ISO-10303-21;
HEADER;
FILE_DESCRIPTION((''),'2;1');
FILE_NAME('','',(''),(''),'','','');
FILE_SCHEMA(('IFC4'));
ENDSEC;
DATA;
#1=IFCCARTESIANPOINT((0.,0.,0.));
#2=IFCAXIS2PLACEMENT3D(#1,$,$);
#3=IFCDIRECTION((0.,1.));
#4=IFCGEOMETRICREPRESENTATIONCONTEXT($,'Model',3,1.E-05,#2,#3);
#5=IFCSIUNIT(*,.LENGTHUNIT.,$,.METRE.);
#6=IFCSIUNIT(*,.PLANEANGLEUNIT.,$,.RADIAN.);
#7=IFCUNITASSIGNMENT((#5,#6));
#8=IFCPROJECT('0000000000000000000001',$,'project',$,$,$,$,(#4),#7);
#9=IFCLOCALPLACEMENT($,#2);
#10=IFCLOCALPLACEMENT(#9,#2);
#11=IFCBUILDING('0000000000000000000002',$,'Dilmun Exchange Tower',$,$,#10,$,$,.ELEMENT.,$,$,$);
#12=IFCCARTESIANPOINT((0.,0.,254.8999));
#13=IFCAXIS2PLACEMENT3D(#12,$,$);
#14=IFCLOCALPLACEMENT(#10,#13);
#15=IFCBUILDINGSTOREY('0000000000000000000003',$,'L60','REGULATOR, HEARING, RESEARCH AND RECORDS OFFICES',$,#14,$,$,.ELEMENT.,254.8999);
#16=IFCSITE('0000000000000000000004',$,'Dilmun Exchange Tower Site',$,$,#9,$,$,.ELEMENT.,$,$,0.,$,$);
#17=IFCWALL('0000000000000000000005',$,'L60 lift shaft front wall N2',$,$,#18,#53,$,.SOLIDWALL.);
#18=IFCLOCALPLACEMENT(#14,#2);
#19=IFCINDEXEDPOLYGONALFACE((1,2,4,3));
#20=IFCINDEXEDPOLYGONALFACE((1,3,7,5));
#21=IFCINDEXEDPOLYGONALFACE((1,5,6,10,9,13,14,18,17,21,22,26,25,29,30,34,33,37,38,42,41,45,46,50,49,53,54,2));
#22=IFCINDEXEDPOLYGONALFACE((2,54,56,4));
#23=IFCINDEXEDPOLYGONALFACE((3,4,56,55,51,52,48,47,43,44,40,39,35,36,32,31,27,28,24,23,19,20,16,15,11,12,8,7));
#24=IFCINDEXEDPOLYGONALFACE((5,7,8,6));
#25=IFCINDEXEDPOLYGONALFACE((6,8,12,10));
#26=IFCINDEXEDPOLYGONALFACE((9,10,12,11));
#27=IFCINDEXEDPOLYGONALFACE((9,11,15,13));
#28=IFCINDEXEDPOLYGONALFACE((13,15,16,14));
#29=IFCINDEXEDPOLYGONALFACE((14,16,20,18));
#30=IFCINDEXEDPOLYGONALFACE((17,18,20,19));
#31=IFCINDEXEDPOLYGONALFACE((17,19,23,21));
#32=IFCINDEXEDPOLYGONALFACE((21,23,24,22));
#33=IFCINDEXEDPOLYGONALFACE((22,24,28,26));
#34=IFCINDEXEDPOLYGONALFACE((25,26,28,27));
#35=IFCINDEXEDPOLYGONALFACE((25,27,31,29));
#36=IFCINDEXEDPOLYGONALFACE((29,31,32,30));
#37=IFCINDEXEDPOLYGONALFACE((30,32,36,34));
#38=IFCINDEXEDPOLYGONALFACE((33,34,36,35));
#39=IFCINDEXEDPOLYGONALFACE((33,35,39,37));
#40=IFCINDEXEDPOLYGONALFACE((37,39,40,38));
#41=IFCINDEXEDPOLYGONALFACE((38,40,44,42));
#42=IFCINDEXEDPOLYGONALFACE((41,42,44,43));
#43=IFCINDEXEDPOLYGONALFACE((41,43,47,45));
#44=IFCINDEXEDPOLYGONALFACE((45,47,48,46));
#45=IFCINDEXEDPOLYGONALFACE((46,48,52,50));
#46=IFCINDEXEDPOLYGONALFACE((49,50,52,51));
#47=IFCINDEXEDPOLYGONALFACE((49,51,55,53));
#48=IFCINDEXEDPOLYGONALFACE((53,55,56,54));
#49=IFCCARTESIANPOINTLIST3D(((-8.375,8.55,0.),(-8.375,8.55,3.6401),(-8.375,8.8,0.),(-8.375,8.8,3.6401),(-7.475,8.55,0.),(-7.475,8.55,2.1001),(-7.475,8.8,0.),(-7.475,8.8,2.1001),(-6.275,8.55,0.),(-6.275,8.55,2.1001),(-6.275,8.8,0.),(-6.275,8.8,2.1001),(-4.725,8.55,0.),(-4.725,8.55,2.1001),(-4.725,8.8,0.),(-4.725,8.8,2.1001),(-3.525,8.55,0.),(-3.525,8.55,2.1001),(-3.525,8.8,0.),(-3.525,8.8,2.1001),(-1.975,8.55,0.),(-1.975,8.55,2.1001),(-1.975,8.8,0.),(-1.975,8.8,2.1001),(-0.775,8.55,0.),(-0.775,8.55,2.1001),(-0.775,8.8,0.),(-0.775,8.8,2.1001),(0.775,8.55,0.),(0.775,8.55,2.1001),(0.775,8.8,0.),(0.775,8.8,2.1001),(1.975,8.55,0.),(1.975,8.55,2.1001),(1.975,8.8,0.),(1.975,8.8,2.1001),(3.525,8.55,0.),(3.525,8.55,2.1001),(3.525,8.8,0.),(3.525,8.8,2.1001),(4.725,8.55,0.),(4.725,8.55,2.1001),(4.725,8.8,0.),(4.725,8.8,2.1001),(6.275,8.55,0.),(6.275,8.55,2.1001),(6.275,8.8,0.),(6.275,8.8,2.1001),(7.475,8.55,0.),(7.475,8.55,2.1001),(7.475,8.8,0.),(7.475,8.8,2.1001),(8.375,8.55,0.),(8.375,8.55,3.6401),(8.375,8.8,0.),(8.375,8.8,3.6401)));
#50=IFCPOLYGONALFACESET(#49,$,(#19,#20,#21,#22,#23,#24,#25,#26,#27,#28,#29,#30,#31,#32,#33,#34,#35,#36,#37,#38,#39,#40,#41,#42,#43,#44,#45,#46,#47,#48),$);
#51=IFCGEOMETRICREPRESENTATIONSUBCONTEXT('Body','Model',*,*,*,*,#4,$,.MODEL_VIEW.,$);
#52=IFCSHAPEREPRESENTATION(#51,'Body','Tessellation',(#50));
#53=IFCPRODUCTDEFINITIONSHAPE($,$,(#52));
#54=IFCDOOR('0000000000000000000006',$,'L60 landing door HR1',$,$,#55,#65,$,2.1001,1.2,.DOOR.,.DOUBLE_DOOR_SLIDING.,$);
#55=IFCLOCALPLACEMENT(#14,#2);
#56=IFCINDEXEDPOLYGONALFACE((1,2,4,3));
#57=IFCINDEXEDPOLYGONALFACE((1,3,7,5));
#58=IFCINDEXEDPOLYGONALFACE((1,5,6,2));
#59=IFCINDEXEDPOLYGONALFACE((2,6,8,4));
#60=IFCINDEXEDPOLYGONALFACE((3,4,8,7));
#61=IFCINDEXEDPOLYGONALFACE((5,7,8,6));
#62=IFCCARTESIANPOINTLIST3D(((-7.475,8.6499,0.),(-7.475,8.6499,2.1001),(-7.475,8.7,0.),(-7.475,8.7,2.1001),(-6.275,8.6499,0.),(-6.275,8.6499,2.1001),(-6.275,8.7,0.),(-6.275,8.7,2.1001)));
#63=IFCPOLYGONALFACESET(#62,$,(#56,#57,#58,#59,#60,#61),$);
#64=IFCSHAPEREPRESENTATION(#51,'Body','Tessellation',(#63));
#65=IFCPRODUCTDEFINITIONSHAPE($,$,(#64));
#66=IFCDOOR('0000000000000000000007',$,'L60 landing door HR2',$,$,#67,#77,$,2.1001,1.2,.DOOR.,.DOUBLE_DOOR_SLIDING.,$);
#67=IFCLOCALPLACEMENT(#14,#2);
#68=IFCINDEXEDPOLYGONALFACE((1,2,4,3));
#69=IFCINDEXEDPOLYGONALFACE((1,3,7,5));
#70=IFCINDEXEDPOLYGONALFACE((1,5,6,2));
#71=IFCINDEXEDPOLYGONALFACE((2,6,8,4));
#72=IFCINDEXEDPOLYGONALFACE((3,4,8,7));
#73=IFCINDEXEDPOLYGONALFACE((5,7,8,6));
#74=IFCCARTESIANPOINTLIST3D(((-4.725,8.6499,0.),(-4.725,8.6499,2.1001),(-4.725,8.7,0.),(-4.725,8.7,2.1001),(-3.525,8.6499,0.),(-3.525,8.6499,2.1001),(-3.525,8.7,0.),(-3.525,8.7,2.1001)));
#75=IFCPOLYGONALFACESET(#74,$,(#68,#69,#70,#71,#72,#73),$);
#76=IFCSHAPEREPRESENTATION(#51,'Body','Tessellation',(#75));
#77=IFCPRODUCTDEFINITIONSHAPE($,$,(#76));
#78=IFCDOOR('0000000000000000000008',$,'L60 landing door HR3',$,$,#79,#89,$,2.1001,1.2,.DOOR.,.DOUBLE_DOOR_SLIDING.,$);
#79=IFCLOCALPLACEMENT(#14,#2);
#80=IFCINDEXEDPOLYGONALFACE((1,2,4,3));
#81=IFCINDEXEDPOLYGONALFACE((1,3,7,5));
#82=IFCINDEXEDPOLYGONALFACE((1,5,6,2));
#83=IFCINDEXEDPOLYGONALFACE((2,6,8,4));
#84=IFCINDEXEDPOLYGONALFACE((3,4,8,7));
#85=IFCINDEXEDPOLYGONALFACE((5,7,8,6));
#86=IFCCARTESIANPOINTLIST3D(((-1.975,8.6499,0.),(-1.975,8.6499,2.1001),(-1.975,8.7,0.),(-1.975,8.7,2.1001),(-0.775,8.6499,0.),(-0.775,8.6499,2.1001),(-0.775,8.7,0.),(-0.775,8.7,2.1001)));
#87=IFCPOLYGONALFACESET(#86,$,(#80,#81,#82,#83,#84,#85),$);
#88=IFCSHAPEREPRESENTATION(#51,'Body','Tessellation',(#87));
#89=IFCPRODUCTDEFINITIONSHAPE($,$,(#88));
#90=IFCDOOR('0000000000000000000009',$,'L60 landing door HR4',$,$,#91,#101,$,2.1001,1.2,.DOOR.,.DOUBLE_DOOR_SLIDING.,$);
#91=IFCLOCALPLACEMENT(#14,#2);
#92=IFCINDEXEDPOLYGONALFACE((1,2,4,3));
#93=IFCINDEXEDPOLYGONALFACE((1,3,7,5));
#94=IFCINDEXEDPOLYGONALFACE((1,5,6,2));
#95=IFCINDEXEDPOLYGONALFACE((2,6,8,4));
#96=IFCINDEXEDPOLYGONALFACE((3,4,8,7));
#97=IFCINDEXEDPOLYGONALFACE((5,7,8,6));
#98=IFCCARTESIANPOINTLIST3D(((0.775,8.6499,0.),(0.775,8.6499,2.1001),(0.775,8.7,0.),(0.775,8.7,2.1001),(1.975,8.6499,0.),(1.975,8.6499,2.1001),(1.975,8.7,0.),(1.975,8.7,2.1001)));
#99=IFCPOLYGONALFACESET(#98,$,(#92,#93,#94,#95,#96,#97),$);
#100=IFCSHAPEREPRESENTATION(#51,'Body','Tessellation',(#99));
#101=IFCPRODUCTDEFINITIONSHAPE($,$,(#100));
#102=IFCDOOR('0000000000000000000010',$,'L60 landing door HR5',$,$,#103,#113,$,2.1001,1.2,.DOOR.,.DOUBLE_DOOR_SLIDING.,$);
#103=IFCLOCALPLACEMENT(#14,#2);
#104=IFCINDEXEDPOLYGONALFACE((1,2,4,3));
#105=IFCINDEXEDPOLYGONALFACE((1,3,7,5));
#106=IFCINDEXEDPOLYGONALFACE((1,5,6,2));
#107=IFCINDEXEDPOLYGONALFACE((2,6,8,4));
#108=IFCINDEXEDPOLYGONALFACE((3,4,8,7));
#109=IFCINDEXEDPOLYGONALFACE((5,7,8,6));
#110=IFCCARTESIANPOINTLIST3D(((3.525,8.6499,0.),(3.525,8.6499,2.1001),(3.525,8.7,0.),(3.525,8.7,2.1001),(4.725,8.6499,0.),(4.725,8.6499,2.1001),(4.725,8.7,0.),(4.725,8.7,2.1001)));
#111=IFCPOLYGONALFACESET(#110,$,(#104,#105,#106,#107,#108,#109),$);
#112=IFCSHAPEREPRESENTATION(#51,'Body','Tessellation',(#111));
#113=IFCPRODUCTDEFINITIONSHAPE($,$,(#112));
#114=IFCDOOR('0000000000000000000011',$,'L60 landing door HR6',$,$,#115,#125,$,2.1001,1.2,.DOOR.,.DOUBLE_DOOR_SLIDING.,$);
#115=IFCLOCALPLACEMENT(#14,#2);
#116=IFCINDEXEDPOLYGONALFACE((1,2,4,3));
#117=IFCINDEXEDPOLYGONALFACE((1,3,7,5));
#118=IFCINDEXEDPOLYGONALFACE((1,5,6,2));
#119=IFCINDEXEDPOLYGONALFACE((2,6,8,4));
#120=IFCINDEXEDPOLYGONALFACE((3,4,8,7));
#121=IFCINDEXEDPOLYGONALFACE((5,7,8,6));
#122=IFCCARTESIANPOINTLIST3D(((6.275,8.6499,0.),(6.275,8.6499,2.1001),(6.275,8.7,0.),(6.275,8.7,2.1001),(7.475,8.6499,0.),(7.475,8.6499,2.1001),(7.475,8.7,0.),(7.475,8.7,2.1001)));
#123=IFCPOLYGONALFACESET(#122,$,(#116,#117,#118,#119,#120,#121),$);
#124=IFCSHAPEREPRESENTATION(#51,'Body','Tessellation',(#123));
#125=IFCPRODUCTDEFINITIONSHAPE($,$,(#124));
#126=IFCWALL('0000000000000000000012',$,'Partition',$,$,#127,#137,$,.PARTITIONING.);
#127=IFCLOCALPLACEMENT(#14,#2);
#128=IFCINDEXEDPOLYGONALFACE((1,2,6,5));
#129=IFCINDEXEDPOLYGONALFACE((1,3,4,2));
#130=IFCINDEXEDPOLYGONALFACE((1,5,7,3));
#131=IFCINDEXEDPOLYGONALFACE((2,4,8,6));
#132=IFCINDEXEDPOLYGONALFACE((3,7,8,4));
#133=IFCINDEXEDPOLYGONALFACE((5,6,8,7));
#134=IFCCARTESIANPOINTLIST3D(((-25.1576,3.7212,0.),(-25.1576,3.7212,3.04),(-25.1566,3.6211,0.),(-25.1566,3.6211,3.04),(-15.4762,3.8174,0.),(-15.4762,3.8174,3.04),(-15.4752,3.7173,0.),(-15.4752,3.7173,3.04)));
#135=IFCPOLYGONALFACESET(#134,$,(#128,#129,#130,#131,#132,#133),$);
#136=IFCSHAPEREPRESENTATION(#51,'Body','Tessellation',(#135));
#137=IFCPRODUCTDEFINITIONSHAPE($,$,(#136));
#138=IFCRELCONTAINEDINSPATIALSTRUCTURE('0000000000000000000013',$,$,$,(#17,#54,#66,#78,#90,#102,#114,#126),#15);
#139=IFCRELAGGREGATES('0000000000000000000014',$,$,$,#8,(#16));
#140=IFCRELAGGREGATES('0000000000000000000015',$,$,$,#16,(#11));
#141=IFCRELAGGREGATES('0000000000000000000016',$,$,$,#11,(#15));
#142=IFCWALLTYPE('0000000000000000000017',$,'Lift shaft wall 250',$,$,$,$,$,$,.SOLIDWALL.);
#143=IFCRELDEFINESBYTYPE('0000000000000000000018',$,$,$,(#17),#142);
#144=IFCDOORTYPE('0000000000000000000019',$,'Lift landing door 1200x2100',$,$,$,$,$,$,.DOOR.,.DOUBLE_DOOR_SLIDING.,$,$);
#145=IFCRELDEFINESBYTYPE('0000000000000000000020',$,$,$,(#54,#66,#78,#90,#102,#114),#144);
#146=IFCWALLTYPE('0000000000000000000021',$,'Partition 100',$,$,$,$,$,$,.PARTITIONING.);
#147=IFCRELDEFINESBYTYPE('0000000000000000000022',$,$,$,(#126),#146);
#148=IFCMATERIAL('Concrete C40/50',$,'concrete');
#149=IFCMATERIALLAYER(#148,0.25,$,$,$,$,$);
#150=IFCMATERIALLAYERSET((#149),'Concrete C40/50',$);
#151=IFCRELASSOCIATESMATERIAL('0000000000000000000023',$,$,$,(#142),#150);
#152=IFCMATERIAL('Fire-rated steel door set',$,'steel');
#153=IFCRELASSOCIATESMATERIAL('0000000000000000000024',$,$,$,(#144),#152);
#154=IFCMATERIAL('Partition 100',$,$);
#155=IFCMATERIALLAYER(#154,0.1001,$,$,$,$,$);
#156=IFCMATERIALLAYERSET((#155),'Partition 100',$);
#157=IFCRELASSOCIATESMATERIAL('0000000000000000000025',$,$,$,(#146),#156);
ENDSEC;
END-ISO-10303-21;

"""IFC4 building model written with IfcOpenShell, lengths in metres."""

from ifc_helpers import new_model, si_unit, direction, frame, frame_2d, origin, place, context, subcontext, project, spatial, rectangle, extrude, material, layer, layer_set, type_object, element, fill, save


model = new_model("IFC4")

# Units and contexts
model_context = context("Model", 3, precision=1e-05, world=origin(), true_north=direction((0.0, 1.0)))
body_context = subcontext(model_context, "Body", "Model", "MODEL_VIEW")
ifc_project = project(units=[si_unit("LENGTHUNIT", "METRE"), si_unit("PLANEANGLEUNIT", "RADIAN")], contexts=[model_context])

# Site, building, storey
site_placement = place(None, origin())
site = spatial("IfcSite", under=ifc_project, at=site_placement, Name="Dilmun Exchange Tower Site", CompositionType="ELEMENT", RefElevation=0.0)
building_placement = place(site_placement, origin())
building = spatial("IfcBuilding", under=site, at=building_placement, Name="Dilmun Exchange Tower", CompositionType="ELEMENT")
storey_placement = place(building_placement, frame((0.0, 0.0, 254.8999)))
storey = spatial("IfcBuildingStorey", under=building, at=storey_placement, Name="L60", Description="REGULATOR, HEARING, RESEARCH AND RECORDS OFFICES", CompositionType="ELEMENT", Elevation=254.8999)

# Shared definitions
ifc_material_1 = material(Name="Concrete C40/50", Category="concrete")

# Shared definitions
ifc_material_2 = material(Name="Fire-rated steel door set", Category="steel")

# Wall, openings, doors
ifc_layer_1 = layer(ifc_material_1, 0.25)
ifc_layer_set_1 = layer_set([ifc_layer_1], Name="Concrete C40/50")
wall_type_1 = type_object("IfcWallType", Name="Lift shaft wall 250", PredefinedType="SOLIDWALL", material=ifc_layer_set_1)
wall_1_placement = place(storey_placement, frame((-8.375, 8.675, 0.0), z_axis=(0.0, 0.0, 1.0), x_axis=(1.0, 0.0, 0.0)))
wall_1 = element("IfcWall", 1, at=wall_1_placement, inside=storey, type_object=wall_type_1, Name="L60 lift shaft front wall N2", PredefinedType="SOLIDWALL", context=body_context, shape_type="SweptSolid", body=[
    extrude(rectangle(XDim=16.75, YDim=0.25, at=frame_2d((8.375, 0.0))), origin(), (0.0, 0.0, 1.0), 3.6401),
])
opening_1_placement = place(wall_1_placement, frame((0.8999, 0.0, 0.0)))
opening_1 = element("IfcOpeningElement", 2, at=opening_1_placement, cuts=wall_1, PredefinedType="OPENING", context=body_context, shape_type="SweptSolid", body=[
    extrude(rectangle(XDim=1.2, YDim=2.1001, at=frame_2d((0.6001, 1.05))), frame((0.0, 0.135, 0.0), z_axis=(0.0, -1.0, 0.0), x_axis=(1.0, 0.0, 0.0)), (0.0, 0.0, 1.0), 0.27),
])
opening_2_placement = place(wall_1_placement, frame((3.6499, 0.0, 0.0)))
opening_2 = element("IfcOpeningElement", 3, at=opening_2_placement, cuts=wall_1, PredefinedType="OPENING", context=body_context, shape_type="SweptSolid", body=[
    extrude(rectangle(XDim=1.2, YDim=2.1001, at=frame_2d((0.6001, 1.05))), frame((0.0, 0.135, 0.0), z_axis=(0.0, -1.0, 0.0), x_axis=(1.0, 0.0, 0.0)), (0.0, 0.0, 1.0), 0.27),
])
opening_3_placement = place(wall_1_placement, frame((6.3999, 0.0, 0.0)))
opening_3 = element("IfcOpeningElement", 4, at=opening_3_placement, cuts=wall_1, PredefinedType="OPENING", context=body_context, shape_type="SweptSolid", body=[
    extrude(rectangle(XDim=1.2, YDim=2.1001, at=frame_2d((0.6001, 1.05))), frame((0.0, 0.135, 0.0), z_axis=(0.0, -1.0, 0.0), x_axis=(1.0, 0.0, 0.0)), (0.0, 0.0, 1.0), 0.27),
])
opening_4_placement = place(wall_1_placement, frame((9.1499, 0.0, 0.0)))
opening_4 = element("IfcOpeningElement", 5, at=opening_4_placement, cuts=wall_1, PredefinedType="OPENING", context=body_context, shape_type="SweptSolid", body=[
    extrude(rectangle(XDim=1.2, YDim=2.1001, at=frame_2d((0.6001, 1.05))), frame((0.0, 0.135, 0.0), z_axis=(0.0, -1.0, 0.0), x_axis=(1.0, 0.0, 0.0)), (0.0, 0.0, 1.0), 0.27),
])
opening_5_placement = place(wall_1_placement, frame((11.8999, 0.0, 0.0)))
opening_5 = element("IfcOpeningElement", 6, at=opening_5_placement, cuts=wall_1, PredefinedType="OPENING", context=body_context, shape_type="SweptSolid", body=[
    extrude(rectangle(XDim=1.2, YDim=2.1001, at=frame_2d((0.6001, 1.05))), frame((0.0, 0.135, 0.0), z_axis=(0.0, -1.0, 0.0), x_axis=(1.0, 0.0, 0.0)), (0.0, 0.0, 1.0), 0.27),
])
opening_6_placement = place(wall_1_placement, frame((14.6499, 0.0, 0.0)))
opening_6 = element("IfcOpeningElement", 7, at=opening_6_placement, cuts=wall_1, PredefinedType="OPENING", context=body_context, shape_type="SweptSolid", body=[
    extrude(rectangle(XDim=1.2, YDim=2.1001, at=frame_2d((0.6001, 1.05))), frame((0.0, 0.135, 0.0), z_axis=(0.0, -1.0, 0.0), x_axis=(1.0, 0.0, 0.0)), (0.0, 0.0, 1.0), 0.27),
])
door_type_1 = type_object("IfcDoorType", Name="Lift landing door 1200x2100", OperationType="DOUBLE_DOOR_SLIDING", PredefinedType="DOOR", material=ifc_material_2)
door_1_placement = place(opening_1_placement, origin())
door_1 = element("IfcDoor", 8, at=door_1_placement, inside=storey, type_object=door_type_1, Name="L60 landing door HR1", OperationType="DOUBLE_DOOR_SLIDING", OverallHeight=2.1001, OverallWidth=1.2, PredefinedType="DOOR", context=body_context, shape_type="SweptSolid", body=[
    extrude(rectangle(XDim=1.2, YDim=2.1001, at=frame_2d((0.6001, 1.05))), frame((0.0, 0.0249, 0.0), z_axis=(0.0, -1.0, 0.0), x_axis=(1.0, 0.0, 0.0)), (0.0, 0.0, 1.0), 0.05),
])
fill(opening_1, door_1)
door_2_placement = place(opening_2_placement, origin())
door_2 = element("IfcDoor", 9, at=door_2_placement, inside=storey, type_object=door_type_1, Name="L60 landing door HR2", OperationType="DOUBLE_DOOR_SLIDING", OverallHeight=2.1001, OverallWidth=1.2, PredefinedType="DOOR", context=body_context, shape_type="SweptSolid", body=[
    extrude(rectangle(XDim=1.2, YDim=2.1001, at=frame_2d((0.6001, 1.05))), frame((0.0, 0.0249, 0.0), z_axis=(0.0, -1.0, 0.0), x_axis=(1.0, 0.0, 0.0)), (0.0, 0.0, 1.0), 0.05),
])
fill(opening_2, door_2)
door_3_placement = place(opening_3_placement, origin())
door_3 = element("IfcDoor", 10, at=door_3_placement, inside=storey, type_object=door_type_1, Name="L60 landing door HR3", OperationType="DOUBLE_DOOR_SLIDING", OverallHeight=2.1001, OverallWidth=1.2, PredefinedType="DOOR", context=body_context, shape_type="SweptSolid", body=[
    extrude(rectangle(XDim=1.2, YDim=2.1001, at=frame_2d((0.6001, 1.05))), frame((0.0, 0.0249, 0.0), z_axis=(0.0, -1.0, 0.0), x_axis=(1.0, 0.0, 0.0)), (0.0, 0.0, 1.0), 0.05),
])
fill(opening_3, door_3)
door_4_placement = place(opening_4_placement, origin())
door_4 = element("IfcDoor", 11, at=door_4_placement, inside=storey, type_object=door_type_1, Name="L60 landing door HR4", OperationType="DOUBLE_DOOR_SLIDING", OverallHeight=2.1001, OverallWidth=1.2, PredefinedType="DOOR", context=body_context, shape_type="SweptSolid", body=[
    extrude(rectangle(XDim=1.2, YDim=2.1001, at=frame_2d((0.6001, 1.05))), frame((0.0, 0.0249, 0.0), z_axis=(0.0, -1.0, 0.0), x_axis=(1.0, 0.0, 0.0)), (0.0, 0.0, 1.0), 0.05),
])
fill(opening_4, door_4)
door_5_placement = place(opening_5_placement, origin())
door_5 = element("IfcDoor", 12, at=door_5_placement, inside=storey, type_object=door_type_1, Name="L60 landing door HR5", OperationType="DOUBLE_DOOR_SLIDING", OverallHeight=2.1001, OverallWidth=1.2, PredefinedType="DOOR", context=body_context, shape_type="SweptSolid", body=[
    extrude(rectangle(XDim=1.2, YDim=2.1001, at=frame_2d((0.6001, 1.05))), frame((0.0, 0.0249, 0.0), z_axis=(0.0, -1.0, 0.0), x_axis=(1.0, 0.0, 0.0)), (0.0, 0.0, 1.0), 0.05),
])
fill(opening_5, door_5)
door_6_placement = place(opening_6_placement, origin())
door_6 = element("IfcDoor", 13, at=door_6_placement, inside=storey, type_object=door_type_1, Name="L60 landing door HR6", OperationType="DOUBLE_DOOR_SLIDING", OverallHeight=2.1001, OverallWidth=1.2, PredefinedType="DOOR", context=body_context, shape_type="SweptSolid", body=[
    extrude(rectangle(XDim=1.2, YDim=2.1001, at=frame_2d((0.6001, 1.05))), frame((0.0, 0.0249, 0.0), z_axis=(0.0, -1.0, 0.0), x_axis=(1.0, 0.0, 0.0)), (0.0, 0.0, 1.0), 0.05),
])
fill(opening_6, door_6)

# Wall
ifc_material_3 = material(Name="Partition 100")
ifc_layer_2 = layer(ifc_material_3, 0.1001)
ifc_layer_set_2 = layer_set([ifc_layer_2], Name="Partition 100")
wall_type_2 = type_object("IfcWallType", Name="Partition 100", PredefinedType="PARTITIONING", material=ifc_layer_set_2)
wall_2_placement = place(storey_placement, frame((-25.157, 3.6711, 0.0), z_axis=(0.0, 0.0, 1.0), x_axis=(0.999951, 0.009935, 0.0)))
element("IfcWall", 14, at=wall_2_placement, inside=storey, type_object=wall_type_2, Name="Partition", PredefinedType="PARTITIONING", context=body_context, shape_type="SweptSolid", body=[
    extrude(rectangle(XDim=9.6819, YDim=0.1001, at=frame_2d((4.8408, 0.0))), origin(), (0.0, 0.0, 1.0), 3.04),
])

save(model, "model.ifc")
